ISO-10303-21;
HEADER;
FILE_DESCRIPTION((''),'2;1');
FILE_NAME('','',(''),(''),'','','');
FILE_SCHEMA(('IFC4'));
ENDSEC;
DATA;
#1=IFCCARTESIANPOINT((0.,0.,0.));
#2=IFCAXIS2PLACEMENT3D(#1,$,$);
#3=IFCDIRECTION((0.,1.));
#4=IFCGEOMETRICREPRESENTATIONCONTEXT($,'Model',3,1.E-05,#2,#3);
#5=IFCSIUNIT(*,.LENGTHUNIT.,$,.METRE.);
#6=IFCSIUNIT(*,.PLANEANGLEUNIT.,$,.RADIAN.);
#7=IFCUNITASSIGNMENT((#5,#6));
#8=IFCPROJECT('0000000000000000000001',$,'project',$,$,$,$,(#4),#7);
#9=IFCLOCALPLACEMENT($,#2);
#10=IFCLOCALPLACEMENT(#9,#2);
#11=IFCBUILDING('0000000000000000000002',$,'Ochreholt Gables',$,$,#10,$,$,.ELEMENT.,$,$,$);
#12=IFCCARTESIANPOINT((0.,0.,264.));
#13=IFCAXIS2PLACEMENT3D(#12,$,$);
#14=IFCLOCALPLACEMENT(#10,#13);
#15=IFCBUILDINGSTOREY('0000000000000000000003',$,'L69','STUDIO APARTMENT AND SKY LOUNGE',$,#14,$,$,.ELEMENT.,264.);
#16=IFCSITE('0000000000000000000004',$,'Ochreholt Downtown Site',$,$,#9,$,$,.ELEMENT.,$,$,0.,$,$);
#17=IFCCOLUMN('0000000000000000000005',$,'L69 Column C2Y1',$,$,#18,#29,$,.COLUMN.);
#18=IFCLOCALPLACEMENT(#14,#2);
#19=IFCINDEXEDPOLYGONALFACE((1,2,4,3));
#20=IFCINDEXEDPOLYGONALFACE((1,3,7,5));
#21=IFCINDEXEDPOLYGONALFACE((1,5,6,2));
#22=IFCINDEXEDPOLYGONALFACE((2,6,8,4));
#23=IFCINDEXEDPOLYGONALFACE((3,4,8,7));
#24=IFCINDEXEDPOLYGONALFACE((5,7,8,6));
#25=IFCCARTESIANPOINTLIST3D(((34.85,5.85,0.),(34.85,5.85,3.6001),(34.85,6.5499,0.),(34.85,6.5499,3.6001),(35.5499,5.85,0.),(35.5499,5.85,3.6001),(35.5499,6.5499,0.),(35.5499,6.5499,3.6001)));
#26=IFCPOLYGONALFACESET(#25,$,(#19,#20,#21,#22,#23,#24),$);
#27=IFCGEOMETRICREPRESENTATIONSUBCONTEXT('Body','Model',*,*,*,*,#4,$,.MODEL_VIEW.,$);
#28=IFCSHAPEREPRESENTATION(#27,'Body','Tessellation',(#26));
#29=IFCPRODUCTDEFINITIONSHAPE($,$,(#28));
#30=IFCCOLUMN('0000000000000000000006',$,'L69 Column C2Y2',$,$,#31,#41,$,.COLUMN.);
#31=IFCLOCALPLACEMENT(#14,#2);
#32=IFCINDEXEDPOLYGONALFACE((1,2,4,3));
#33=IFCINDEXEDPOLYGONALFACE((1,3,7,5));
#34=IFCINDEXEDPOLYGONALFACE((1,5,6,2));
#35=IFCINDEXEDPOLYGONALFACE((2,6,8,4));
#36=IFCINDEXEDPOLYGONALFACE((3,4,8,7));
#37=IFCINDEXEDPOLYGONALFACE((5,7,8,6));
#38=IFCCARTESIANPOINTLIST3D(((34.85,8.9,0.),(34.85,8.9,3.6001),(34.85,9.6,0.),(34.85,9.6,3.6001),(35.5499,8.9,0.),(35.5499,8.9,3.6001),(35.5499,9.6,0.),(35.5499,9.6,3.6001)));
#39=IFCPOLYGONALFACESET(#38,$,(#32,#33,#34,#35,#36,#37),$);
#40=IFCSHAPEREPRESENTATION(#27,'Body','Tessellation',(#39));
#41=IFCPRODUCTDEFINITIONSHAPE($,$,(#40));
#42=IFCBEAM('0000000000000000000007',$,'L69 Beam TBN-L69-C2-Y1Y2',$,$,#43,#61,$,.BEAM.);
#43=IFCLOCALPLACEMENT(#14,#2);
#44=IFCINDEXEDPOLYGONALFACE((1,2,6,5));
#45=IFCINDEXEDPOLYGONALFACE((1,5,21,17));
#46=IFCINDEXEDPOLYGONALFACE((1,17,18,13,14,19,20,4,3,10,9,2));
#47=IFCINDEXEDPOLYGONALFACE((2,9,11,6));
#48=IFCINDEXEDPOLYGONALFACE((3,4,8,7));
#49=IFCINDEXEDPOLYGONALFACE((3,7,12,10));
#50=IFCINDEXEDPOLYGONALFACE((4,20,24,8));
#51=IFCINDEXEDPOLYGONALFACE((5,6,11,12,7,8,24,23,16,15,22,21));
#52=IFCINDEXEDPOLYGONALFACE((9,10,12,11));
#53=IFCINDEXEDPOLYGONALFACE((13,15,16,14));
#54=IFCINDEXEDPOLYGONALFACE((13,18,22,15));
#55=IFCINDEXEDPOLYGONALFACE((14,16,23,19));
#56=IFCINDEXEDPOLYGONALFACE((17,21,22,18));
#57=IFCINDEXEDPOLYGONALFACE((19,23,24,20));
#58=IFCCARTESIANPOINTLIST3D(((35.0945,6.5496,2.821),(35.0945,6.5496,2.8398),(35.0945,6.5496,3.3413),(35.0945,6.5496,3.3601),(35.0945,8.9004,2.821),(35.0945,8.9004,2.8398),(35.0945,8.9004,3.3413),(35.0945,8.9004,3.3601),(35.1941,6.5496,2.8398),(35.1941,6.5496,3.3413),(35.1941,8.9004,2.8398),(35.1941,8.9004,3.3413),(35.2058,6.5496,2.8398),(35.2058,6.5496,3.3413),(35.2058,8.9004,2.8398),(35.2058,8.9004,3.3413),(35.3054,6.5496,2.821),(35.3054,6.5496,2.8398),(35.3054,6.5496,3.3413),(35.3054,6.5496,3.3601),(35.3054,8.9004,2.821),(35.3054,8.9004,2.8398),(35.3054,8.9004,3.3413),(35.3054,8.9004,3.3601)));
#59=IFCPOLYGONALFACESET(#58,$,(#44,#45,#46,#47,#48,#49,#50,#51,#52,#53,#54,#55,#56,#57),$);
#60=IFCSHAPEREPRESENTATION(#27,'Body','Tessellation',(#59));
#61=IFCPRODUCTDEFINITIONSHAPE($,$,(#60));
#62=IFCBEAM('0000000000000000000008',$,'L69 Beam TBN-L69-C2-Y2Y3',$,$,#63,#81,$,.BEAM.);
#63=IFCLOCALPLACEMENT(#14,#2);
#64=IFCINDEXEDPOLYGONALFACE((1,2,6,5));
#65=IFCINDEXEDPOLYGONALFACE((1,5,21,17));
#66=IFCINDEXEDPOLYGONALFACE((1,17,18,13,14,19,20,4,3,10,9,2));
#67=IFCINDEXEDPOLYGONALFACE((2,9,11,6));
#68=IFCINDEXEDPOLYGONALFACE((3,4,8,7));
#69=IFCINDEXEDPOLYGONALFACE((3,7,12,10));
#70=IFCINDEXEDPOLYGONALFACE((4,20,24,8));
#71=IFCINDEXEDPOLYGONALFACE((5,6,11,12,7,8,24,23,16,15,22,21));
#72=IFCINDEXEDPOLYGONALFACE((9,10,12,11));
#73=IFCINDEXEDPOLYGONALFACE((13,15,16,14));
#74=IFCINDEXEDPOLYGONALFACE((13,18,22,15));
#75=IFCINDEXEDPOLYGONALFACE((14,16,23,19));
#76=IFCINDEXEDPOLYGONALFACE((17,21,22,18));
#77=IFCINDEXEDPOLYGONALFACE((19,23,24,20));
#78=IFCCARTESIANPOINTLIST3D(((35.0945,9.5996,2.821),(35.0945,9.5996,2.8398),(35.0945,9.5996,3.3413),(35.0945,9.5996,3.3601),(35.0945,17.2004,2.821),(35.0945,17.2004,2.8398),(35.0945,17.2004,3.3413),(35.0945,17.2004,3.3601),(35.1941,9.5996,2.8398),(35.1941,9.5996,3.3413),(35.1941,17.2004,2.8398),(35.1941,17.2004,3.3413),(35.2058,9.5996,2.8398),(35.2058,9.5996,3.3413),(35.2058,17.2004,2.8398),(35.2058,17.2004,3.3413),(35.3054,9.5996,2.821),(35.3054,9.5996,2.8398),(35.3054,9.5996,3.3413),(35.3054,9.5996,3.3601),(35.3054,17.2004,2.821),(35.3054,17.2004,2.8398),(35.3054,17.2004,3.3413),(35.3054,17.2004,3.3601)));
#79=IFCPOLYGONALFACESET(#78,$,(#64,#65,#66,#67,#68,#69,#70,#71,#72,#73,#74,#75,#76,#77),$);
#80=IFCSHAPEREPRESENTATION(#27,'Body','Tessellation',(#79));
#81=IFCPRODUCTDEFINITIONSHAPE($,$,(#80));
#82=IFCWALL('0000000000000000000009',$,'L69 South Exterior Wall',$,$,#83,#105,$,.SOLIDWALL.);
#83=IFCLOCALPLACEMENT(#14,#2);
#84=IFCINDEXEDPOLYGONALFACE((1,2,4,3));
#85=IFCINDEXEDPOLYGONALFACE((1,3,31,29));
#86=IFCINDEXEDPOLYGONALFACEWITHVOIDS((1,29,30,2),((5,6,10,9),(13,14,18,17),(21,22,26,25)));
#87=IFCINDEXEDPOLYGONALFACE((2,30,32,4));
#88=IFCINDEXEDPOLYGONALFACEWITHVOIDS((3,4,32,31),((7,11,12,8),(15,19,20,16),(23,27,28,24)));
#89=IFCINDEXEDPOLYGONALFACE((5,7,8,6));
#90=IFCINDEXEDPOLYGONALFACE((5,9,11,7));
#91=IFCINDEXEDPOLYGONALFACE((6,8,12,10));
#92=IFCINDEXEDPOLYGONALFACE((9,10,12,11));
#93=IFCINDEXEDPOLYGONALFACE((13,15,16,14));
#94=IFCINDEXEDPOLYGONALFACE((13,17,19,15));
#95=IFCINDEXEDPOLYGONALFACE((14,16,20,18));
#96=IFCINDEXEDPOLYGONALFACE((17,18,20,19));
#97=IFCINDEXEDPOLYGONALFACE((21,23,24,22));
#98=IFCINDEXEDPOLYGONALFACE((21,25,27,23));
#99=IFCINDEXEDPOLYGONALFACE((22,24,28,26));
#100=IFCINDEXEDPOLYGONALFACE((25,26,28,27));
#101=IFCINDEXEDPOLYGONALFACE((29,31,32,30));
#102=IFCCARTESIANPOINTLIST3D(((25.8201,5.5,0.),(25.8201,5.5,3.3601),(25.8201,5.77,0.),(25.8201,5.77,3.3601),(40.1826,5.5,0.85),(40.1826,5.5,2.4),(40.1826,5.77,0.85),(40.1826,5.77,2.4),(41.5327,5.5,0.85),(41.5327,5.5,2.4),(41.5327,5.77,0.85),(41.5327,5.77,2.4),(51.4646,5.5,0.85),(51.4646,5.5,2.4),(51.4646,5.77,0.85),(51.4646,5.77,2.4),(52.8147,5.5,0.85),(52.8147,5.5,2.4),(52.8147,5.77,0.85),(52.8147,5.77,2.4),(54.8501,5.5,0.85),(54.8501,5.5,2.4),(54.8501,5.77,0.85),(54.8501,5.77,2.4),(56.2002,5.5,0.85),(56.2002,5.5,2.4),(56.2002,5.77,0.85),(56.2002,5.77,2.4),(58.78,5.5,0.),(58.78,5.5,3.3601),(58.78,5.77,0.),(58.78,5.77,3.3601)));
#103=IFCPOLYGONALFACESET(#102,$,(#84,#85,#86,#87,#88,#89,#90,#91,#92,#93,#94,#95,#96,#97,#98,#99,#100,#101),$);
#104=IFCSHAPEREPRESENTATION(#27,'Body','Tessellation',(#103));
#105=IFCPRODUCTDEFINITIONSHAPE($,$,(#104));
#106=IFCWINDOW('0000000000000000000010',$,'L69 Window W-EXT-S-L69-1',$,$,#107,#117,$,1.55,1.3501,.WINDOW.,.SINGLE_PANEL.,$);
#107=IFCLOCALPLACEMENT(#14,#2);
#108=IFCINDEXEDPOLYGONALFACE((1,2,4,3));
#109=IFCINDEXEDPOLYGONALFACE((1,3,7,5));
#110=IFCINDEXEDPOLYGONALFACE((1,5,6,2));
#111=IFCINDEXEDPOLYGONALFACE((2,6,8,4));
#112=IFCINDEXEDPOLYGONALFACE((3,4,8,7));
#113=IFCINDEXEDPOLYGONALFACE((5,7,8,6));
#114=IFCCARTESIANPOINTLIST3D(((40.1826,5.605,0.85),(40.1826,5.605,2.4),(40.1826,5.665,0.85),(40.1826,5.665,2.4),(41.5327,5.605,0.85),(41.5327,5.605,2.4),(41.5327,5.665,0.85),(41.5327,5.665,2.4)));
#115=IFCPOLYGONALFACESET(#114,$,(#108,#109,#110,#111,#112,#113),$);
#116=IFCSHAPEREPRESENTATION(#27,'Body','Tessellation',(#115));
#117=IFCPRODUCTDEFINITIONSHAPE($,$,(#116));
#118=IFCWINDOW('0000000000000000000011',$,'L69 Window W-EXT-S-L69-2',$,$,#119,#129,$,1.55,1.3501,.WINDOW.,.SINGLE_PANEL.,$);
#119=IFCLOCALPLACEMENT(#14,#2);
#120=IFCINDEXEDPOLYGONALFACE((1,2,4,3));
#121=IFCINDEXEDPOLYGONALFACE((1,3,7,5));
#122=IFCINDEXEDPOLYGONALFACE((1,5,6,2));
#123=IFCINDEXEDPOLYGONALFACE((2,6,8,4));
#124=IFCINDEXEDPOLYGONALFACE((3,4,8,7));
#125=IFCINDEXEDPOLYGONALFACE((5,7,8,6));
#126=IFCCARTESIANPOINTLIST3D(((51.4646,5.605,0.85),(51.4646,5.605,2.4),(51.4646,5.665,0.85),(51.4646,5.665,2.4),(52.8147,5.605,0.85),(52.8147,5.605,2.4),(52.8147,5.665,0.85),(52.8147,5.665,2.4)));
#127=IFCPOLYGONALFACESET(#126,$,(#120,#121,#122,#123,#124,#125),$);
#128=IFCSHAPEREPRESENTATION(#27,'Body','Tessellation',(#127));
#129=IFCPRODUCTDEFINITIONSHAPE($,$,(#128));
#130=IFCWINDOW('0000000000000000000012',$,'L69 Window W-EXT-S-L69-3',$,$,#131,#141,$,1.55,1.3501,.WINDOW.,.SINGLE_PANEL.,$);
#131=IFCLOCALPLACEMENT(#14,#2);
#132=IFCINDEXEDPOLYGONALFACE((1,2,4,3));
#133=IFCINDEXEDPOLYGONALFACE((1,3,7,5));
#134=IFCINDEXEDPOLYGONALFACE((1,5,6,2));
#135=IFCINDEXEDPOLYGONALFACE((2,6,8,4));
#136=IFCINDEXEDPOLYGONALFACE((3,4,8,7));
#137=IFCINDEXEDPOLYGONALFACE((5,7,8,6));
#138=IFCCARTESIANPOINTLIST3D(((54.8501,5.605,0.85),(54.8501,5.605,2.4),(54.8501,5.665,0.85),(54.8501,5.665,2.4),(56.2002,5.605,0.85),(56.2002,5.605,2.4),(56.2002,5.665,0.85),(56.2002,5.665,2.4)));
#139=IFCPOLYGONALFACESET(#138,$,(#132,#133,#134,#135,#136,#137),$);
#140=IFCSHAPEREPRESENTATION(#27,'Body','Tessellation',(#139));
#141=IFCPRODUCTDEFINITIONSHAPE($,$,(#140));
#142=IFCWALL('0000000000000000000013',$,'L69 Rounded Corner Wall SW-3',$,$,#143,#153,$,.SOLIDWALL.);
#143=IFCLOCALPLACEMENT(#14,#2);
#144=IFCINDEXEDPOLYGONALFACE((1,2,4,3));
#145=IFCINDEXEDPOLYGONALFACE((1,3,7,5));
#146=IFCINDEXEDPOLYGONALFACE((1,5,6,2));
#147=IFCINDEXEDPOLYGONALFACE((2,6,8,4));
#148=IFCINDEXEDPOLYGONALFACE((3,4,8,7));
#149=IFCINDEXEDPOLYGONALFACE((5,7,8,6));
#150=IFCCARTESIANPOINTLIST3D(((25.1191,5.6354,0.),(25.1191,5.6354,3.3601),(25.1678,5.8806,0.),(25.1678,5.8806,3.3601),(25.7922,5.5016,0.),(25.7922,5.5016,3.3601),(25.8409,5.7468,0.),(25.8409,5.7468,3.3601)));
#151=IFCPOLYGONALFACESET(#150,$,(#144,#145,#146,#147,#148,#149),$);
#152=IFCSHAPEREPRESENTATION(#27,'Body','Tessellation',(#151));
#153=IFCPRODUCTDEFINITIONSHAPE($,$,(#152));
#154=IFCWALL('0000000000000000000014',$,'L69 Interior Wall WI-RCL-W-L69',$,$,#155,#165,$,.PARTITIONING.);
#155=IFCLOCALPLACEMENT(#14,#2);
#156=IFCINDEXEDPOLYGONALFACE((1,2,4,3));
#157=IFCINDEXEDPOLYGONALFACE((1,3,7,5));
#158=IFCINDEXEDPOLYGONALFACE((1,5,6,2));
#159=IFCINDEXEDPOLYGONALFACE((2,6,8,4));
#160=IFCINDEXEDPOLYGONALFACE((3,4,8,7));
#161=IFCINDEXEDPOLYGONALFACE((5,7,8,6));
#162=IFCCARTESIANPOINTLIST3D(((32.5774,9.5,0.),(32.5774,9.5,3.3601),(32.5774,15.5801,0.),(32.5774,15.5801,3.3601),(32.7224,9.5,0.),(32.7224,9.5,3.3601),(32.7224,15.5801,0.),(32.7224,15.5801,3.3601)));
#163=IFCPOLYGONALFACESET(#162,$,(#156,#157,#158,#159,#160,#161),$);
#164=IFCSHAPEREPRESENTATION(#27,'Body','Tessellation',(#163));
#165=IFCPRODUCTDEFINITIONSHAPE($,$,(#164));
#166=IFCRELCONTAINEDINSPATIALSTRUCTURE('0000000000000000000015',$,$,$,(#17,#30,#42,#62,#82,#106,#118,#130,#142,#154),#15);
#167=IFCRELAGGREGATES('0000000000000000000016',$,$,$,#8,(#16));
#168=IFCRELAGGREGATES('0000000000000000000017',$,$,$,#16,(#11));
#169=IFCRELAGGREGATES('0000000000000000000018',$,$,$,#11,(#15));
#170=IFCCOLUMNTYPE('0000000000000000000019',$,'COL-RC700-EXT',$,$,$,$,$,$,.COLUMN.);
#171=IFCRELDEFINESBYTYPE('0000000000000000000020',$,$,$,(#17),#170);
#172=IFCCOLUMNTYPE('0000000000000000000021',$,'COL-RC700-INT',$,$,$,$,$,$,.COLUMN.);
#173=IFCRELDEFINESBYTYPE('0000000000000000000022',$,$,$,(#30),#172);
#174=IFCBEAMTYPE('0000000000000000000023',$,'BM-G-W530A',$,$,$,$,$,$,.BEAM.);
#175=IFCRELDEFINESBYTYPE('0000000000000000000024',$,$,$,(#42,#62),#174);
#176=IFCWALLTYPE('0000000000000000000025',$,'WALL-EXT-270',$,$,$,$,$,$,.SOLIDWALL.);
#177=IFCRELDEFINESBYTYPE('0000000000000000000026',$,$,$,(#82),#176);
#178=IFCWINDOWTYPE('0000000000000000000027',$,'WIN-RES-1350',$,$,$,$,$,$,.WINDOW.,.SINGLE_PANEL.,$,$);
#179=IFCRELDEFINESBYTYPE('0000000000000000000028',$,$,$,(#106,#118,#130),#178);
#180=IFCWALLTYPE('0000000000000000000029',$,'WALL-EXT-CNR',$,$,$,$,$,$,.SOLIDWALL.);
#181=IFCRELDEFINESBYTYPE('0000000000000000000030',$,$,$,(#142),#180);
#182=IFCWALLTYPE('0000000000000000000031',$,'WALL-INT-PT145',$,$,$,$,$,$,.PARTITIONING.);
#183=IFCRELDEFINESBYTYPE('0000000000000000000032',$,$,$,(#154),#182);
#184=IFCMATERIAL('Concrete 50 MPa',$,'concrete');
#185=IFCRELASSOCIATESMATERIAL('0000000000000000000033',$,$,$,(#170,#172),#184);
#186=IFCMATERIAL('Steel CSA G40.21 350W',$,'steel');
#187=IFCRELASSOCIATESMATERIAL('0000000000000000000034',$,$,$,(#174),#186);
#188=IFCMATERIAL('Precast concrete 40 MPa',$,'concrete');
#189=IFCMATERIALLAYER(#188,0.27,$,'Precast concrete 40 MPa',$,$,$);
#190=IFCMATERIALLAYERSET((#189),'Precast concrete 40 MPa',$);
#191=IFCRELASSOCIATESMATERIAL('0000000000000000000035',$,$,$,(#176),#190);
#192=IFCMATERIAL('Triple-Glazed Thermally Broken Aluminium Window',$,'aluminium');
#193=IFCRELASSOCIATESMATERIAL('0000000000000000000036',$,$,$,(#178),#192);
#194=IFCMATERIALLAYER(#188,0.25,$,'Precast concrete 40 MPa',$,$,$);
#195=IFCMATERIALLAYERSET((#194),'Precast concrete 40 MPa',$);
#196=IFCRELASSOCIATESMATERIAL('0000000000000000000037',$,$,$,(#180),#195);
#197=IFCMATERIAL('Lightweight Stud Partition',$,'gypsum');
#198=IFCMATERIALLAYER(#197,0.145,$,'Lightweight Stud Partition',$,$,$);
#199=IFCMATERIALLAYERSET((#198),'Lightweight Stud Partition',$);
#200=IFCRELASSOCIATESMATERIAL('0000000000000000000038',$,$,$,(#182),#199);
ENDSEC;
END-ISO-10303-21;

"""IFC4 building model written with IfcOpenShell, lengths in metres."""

from ifc_helpers import new_model, si_unit, direction, frame, frame_2d, origin, origin_2d, place, context, subcontext, project, spatial, rectangle, i_section, extrude, material, layer, layer_set, material_profile, profile_set, type_object, element, fill, save


model = new_model("IFC4")

# Units and contexts
model_context = context("Model", 3, precision=1e-05, world=origin(), true_north=direction((0.0, 1.0)))
body_context = subcontext(model_context, "Body", "Model", "MODEL_VIEW")
ifc_project = project(units=[si_unit("LENGTHUNIT", "METRE"), si_unit("PLANEANGLEUNIT", "RADIAN")], contexts=[model_context])

# Site, building, storey
site_placement = place(None, origin())
site = spatial("IfcSite", under=ifc_project, at=site_placement, Name="Ochreholt Downtown Site", CompositionType="ELEMENT", RefElevation=0.0)
building_placement = place(site_placement, origin())
building = spatial("IfcBuilding", under=site, at=building_placement, Name="Ochreholt Gables", CompositionType="ELEMENT")
storey_placement = place(building_placement, frame((0.0, 0.0, 264.0)))
storey = spatial("IfcBuildingStorey", under=building, at=storey_placement, Name="L69", Description="STUDIO APARTMENT AND SKY LOUNGE", CompositionType="ELEMENT", Elevation=264.0)

# Columns
ifc_material_1 = material(Name="Concrete 50 MPa", Category="concrete")
ifc_material_profile_1 = material_profile(ifc_material_1, rectangle(XDim=0.7, YDim=0.7, at=origin_2d()), Name="RC700X700")
ifc_profile_set_1 = profile_set([ifc_material_profile_1], Name="Concrete 50 MPa")
column_type_1 = type_object("IfcColumnType", Name="COL-RC700-EXT", PredefinedType="COLUMN", material=ifc_profile_set_1)
column_1_placement = place(storey_placement, frame((35.2, 6.2, 0.0), z_axis=(0.0, 0.0, 1.0), x_axis=(1.0, 0.0, 0.0)))
element("IfcColumn", 1, at=column_1_placement, inside=storey, type_object=column_type_1, Name="L69 Column C2Y1", PredefinedType="COLUMN", context=body_context, shape_type="SweptSolid", body=[
    extrude(rectangle(XDim=0.7, YDim=0.7, at=origin_2d()), origin(), (0.0, 0.0, 1.0), 3.6001),
])
ifc_material_profile_2 = material_profile(ifc_material_1, rectangle(XDim=0.7, YDim=0.7, at=origin_2d()), Name="RC700X700")
ifc_profile_set_2 = profile_set([ifc_material_profile_2], Name="Concrete 50 MPa")
column_type_2 = type_object("IfcColumnType", Name="COL-RC700-INT", PredefinedType="COLUMN", material=ifc_profile_set_2)
column_2_placement = place(storey_placement, frame((35.2, 9.25, 0.0), z_axis=(0.0, 0.0, 1.0), x_axis=(1.0, 0.0, 0.0)))
element("IfcColumn", 2, at=column_2_placement, inside=storey, type_object=column_type_2, Name="L69 Column C2Y2", PredefinedType="COLUMN", context=body_context, shape_type="SweptSolid", body=[
    extrude(rectangle(XDim=0.7, YDim=0.7, at=origin_2d()), origin(), (0.0, 0.0, 1.0), 3.6001),
])

# Beams
ifc_material_2 = material(Name="Steel CSA G40.21 350W", Category="steel")
ifc_material_profile_3 = material_profile(ifc_material_2, i_section(OverallWidth=0.2109, OverallDepth=0.5391, WebThickness=0.0117, FlangeThickness=0.0188, at=origin_2d()), Name="W530X109")
ifc_profile_set_3 = profile_set([ifc_material_profile_3], Name="Steel CSA G40.21 350W")
beam_type = type_object("IfcBeamType", Name="BM-G-W530A", PredefinedType="BEAM", material=ifc_profile_set_3)
beam_1_placement = place(storey_placement, frame((35.2, 6.5496, 3.0906), z_axis=(0.0, 1.0, 0.0), x_axis=(-1.0, 0.0, 0.0)))
element("IfcBeam", 3, at=beam_1_placement, inside=storey, type_object=beam_type, Name="L69 Beam TBN-L69-C2-Y1Y2", PredefinedType="BEAM", context=body_context, shape_type="SweptSolid", body=[
    extrude(i_section(OverallWidth=0.2109, OverallDepth=0.5391, WebThickness=0.0117, FlangeThickness=0.0188, at=origin_2d()), origin(), (0.0, 0.0, 1.0), 2.3508),
])
beam_2_placement = place(storey_placement, frame((35.2, 9.5996, 3.0906), z_axis=(0.0, 1.0, 0.0), x_axis=(-1.0, 0.0, 0.0)))
element("IfcBeam", 4, at=beam_2_placement, inside=storey, type_object=beam_type, Name="L69 Beam TBN-L69-C2-Y2Y3", PredefinedType="BEAM", context=body_context, shape_type="SweptSolid", body=[
    extrude(i_section(OverallWidth=0.2109, OverallDepth=0.5391, WebThickness=0.0117, FlangeThickness=0.0188, at=origin_2d()), origin(), (0.0, 0.0, 1.0), 7.6008),
])

# Wall, openings, windows
ifc_material_3 = material(Name="Precast concrete 40 MPa", Category="concrete")
ifc_layer_1 = layer(ifc_material_3, 0.27, Name="Precast concrete 40 MPa")
ifc_layer_set_1 = layer_set([ifc_layer_1], Name="Precast concrete 40 MPa")
wall_type_1 = type_object("IfcWallType", Name="WALL-EXT-270", PredefinedType="SOLIDWALL", material=ifc_layer_set_1)
wall_1_placement = place(storey_placement, frame((25.8201, 5.635, 0.0), z_axis=(0.0, 0.0, 1.0), x_axis=(1.0, 0.0, 0.0)))
wall_1 = element("IfcWall", 5, at=wall_1_placement, inside=storey, type_object=wall_type_1, Name="L69 South Exterior Wall", PredefinedType="SOLIDWALL", context=body_context, shape_type="SweptSolid", body=[
    extrude(rectangle(XDim=32.96, YDim=0.27, at=frame_2d((16.48, 0.0))), origin(), (0.0, 0.0, 1.0), 3.3601),
])
opening_1_placement = place(wall_1_placement, frame((14.3625, 0.0, 0.8501)))
opening_1 = element("IfcOpeningElement", 6, at=opening_1_placement, cuts=wall_1, PredefinedType="OPENING", context=body_context, shape_type="SweptSolid", body=[
    extrude(rectangle(XDim=1.3501, YDim=1.55, at=frame_2d((0.675, 0.7749))), frame((0.0, 0.145, 0.0), z_axis=(0.0, -1.0, 0.0), x_axis=(1.0, 0.0, 0.0)), (0.0, 0.0, 1.0), 0.29),
])
opening_2_placement = place(wall_1_placement, frame((25.6445, 0.0, 0.8501)))
opening_2 = element("IfcOpeningElement", 7, at=opening_2_placement, cuts=wall_1, PredefinedType="OPENING", context=body_context, shape_type="SweptSolid", body=[
    extrude(rectangle(XDim=1.3501, YDim=1.55, at=frame_2d((0.675, 0.7749))), frame((0.0, 0.145, 0.0), z_axis=(0.0, -1.0, 0.0), x_axis=(1.0, 0.0, 0.0)), (0.0, 0.0, 1.0), 0.29),
])
opening_3_placement = place(wall_1_placement, frame((29.03, 0.0, 0.8501)))
opening_3 = element("IfcOpeningElement", 8, at=opening_3_placement, cuts=wall_1, PredefinedType="OPENING", context=body_context, shape_type="SweptSolid", body=[
    extrude(rectangle(XDim=1.3501, YDim=1.55, at=frame_2d((0.675, 0.7749))), frame((0.0, 0.145, 0.0), z_axis=(0.0, -1.0, 0.0), x_axis=(1.0, 0.0, 0.0)), (0.0, 0.0, 1.0), 0.29),
])
ifc_material_4 = material(Name="Triple-Glazed Thermally Broken Aluminium Window", Category="aluminium")
window_type = type_object("IfcWindowType", Name="WIN-RES-1350", PartitioningType="SINGLE_PANEL", PredefinedType="WINDOW", material=ifc_material_4)
window_1_placement = place(opening_1_placement, origin())
window_1 = element("IfcWindow", 9, at=window_1_placement, inside=storey, type_object=window_type, Name="L69 Window W-EXT-S-L69-1", OverallHeight=1.55, OverallWidth=1.3501, PartitioningType="SINGLE_PANEL", PredefinedType="WINDOW", context=body_context, shape_type="SweptSolid", body=[
    extrude(rectangle(XDim=1.3501, YDim=1.55, at=frame_2d((0.675, 0.7749))), frame((0.0, 0.03, 0.0), z_axis=(0.0, -1.0, 0.0), x_axis=(1.0, 0.0, 0.0)), (0.0, 0.0, 1.0), 0.0601),
])
fill(opening_1, window_1)
window_2_placement = place(opening_2_placement, origin())
window_2 = element("IfcWindow", 10, at=window_2_placement, inside=storey, type_object=window_type, Name="L69 Window W-EXT-S-L69-2", OverallHeight=1.55, OverallWidth=1.3501, PartitioningType="SINGLE_PANEL", PredefinedType="WINDOW", context=body_context, shape_type="SweptSolid", body=[
    extrude(rectangle(XDim=1.3501, YDim=1.55, at=frame_2d((0.675, 0.7749))), frame((0.0, 0.03, 0.0), z_axis=(0.0, -1.0, 0.0), x_axis=(1.0, 0.0, 0.0)), (0.0, 0.0, 1.0), 0.0601),
])
fill(opening_2, window_2)
window_3_placement = place(opening_3_placement, origin())
window_3 = element("IfcWindow", 11, at=window_3_placement, inside=storey, type_object=window_type, Name="L69 Window W-EXT-S-L69-3", OverallHeight=1.55, OverallWidth=1.3501, PartitioningType="SINGLE_PANEL", PredefinedType="WINDOW", context=body_context, shape_type="SweptSolid", body=[
    extrude(rectangle(XDim=1.3501, YDim=1.55, at=frame_2d((0.675, 0.7749))), frame((0.0, 0.03, 0.0), z_axis=(0.0, -1.0, 0.0), x_axis=(1.0, 0.0, 0.0)), (0.0, 0.0, 1.0), 0.0601),
])
fill(opening_3, window_3)

# Walls
ifc_layer_2 = layer(ifc_material_3, 0.25, Name="Precast concrete 40 MPa")
ifc_layer_set_2 = layer_set([ifc_layer_2], Name="Precast concrete 40 MPa")
wall_type_2 = type_object("IfcWallType", Name="WALL-EXT-CNR", PredefinedType="SOLIDWALL", material=ifc_layer_set_2)
wall_2_placement = place(storey_placement, frame((25.1433, 5.7581, 0.0), z_axis=(0.0, 0.0, 1.0), x_axis=(0.980813, -0.194953, 0.0)))
element("IfcWall", 12, at=wall_2_placement, inside=storey, type_object=wall_type_2, Name="L69 Rounded Corner Wall SW-3", PredefinedType="SOLIDWALL", context=body_context, shape_type="SweptSolid", body=[
    extrude(rectangle(XDim=0.6863, YDim=0.25, at=frame_2d((0.3433, 0.0))), origin(), (0.0, 0.0, 1.0), 3.3601),
])
ifc_material_5 = material(Name="Lightweight Stud Partition", Category="gypsum")
ifc_layer_3 = layer(ifc_material_5, 0.145, Name="Lightweight Stud Partition")
ifc_layer_set_3 = layer_set([ifc_layer_3], Name="Lightweight Stud Partition")
wall_type_3 = type_object("IfcWallType", Name="WALL-INT-PT145", PredefinedType="PARTITIONING", material=ifc_layer_set_3)
wall_3_placement = place(storey_placement, frame((32.6499, 9.5, 0.0), z_axis=(0.0, 0.0, 1.0), x_axis=(0.0, 1.0, 0.0)))
element("IfcWall", 13, at=wall_3_placement, inside=storey, type_object=wall_type_3, Name="L69 Interior Wall WI-RCL-W-L69", PredefinedType="PARTITIONING", context=body_context, shape_type="SweptSolid", body=[
    extrude(rectangle(XDim=6.0801, YDim=0.145, at=frame_2d((3.04, 0.0))), origin(), (0.0, 0.0, 1.0), 3.3601),
])

save(model, "model.ifc")
